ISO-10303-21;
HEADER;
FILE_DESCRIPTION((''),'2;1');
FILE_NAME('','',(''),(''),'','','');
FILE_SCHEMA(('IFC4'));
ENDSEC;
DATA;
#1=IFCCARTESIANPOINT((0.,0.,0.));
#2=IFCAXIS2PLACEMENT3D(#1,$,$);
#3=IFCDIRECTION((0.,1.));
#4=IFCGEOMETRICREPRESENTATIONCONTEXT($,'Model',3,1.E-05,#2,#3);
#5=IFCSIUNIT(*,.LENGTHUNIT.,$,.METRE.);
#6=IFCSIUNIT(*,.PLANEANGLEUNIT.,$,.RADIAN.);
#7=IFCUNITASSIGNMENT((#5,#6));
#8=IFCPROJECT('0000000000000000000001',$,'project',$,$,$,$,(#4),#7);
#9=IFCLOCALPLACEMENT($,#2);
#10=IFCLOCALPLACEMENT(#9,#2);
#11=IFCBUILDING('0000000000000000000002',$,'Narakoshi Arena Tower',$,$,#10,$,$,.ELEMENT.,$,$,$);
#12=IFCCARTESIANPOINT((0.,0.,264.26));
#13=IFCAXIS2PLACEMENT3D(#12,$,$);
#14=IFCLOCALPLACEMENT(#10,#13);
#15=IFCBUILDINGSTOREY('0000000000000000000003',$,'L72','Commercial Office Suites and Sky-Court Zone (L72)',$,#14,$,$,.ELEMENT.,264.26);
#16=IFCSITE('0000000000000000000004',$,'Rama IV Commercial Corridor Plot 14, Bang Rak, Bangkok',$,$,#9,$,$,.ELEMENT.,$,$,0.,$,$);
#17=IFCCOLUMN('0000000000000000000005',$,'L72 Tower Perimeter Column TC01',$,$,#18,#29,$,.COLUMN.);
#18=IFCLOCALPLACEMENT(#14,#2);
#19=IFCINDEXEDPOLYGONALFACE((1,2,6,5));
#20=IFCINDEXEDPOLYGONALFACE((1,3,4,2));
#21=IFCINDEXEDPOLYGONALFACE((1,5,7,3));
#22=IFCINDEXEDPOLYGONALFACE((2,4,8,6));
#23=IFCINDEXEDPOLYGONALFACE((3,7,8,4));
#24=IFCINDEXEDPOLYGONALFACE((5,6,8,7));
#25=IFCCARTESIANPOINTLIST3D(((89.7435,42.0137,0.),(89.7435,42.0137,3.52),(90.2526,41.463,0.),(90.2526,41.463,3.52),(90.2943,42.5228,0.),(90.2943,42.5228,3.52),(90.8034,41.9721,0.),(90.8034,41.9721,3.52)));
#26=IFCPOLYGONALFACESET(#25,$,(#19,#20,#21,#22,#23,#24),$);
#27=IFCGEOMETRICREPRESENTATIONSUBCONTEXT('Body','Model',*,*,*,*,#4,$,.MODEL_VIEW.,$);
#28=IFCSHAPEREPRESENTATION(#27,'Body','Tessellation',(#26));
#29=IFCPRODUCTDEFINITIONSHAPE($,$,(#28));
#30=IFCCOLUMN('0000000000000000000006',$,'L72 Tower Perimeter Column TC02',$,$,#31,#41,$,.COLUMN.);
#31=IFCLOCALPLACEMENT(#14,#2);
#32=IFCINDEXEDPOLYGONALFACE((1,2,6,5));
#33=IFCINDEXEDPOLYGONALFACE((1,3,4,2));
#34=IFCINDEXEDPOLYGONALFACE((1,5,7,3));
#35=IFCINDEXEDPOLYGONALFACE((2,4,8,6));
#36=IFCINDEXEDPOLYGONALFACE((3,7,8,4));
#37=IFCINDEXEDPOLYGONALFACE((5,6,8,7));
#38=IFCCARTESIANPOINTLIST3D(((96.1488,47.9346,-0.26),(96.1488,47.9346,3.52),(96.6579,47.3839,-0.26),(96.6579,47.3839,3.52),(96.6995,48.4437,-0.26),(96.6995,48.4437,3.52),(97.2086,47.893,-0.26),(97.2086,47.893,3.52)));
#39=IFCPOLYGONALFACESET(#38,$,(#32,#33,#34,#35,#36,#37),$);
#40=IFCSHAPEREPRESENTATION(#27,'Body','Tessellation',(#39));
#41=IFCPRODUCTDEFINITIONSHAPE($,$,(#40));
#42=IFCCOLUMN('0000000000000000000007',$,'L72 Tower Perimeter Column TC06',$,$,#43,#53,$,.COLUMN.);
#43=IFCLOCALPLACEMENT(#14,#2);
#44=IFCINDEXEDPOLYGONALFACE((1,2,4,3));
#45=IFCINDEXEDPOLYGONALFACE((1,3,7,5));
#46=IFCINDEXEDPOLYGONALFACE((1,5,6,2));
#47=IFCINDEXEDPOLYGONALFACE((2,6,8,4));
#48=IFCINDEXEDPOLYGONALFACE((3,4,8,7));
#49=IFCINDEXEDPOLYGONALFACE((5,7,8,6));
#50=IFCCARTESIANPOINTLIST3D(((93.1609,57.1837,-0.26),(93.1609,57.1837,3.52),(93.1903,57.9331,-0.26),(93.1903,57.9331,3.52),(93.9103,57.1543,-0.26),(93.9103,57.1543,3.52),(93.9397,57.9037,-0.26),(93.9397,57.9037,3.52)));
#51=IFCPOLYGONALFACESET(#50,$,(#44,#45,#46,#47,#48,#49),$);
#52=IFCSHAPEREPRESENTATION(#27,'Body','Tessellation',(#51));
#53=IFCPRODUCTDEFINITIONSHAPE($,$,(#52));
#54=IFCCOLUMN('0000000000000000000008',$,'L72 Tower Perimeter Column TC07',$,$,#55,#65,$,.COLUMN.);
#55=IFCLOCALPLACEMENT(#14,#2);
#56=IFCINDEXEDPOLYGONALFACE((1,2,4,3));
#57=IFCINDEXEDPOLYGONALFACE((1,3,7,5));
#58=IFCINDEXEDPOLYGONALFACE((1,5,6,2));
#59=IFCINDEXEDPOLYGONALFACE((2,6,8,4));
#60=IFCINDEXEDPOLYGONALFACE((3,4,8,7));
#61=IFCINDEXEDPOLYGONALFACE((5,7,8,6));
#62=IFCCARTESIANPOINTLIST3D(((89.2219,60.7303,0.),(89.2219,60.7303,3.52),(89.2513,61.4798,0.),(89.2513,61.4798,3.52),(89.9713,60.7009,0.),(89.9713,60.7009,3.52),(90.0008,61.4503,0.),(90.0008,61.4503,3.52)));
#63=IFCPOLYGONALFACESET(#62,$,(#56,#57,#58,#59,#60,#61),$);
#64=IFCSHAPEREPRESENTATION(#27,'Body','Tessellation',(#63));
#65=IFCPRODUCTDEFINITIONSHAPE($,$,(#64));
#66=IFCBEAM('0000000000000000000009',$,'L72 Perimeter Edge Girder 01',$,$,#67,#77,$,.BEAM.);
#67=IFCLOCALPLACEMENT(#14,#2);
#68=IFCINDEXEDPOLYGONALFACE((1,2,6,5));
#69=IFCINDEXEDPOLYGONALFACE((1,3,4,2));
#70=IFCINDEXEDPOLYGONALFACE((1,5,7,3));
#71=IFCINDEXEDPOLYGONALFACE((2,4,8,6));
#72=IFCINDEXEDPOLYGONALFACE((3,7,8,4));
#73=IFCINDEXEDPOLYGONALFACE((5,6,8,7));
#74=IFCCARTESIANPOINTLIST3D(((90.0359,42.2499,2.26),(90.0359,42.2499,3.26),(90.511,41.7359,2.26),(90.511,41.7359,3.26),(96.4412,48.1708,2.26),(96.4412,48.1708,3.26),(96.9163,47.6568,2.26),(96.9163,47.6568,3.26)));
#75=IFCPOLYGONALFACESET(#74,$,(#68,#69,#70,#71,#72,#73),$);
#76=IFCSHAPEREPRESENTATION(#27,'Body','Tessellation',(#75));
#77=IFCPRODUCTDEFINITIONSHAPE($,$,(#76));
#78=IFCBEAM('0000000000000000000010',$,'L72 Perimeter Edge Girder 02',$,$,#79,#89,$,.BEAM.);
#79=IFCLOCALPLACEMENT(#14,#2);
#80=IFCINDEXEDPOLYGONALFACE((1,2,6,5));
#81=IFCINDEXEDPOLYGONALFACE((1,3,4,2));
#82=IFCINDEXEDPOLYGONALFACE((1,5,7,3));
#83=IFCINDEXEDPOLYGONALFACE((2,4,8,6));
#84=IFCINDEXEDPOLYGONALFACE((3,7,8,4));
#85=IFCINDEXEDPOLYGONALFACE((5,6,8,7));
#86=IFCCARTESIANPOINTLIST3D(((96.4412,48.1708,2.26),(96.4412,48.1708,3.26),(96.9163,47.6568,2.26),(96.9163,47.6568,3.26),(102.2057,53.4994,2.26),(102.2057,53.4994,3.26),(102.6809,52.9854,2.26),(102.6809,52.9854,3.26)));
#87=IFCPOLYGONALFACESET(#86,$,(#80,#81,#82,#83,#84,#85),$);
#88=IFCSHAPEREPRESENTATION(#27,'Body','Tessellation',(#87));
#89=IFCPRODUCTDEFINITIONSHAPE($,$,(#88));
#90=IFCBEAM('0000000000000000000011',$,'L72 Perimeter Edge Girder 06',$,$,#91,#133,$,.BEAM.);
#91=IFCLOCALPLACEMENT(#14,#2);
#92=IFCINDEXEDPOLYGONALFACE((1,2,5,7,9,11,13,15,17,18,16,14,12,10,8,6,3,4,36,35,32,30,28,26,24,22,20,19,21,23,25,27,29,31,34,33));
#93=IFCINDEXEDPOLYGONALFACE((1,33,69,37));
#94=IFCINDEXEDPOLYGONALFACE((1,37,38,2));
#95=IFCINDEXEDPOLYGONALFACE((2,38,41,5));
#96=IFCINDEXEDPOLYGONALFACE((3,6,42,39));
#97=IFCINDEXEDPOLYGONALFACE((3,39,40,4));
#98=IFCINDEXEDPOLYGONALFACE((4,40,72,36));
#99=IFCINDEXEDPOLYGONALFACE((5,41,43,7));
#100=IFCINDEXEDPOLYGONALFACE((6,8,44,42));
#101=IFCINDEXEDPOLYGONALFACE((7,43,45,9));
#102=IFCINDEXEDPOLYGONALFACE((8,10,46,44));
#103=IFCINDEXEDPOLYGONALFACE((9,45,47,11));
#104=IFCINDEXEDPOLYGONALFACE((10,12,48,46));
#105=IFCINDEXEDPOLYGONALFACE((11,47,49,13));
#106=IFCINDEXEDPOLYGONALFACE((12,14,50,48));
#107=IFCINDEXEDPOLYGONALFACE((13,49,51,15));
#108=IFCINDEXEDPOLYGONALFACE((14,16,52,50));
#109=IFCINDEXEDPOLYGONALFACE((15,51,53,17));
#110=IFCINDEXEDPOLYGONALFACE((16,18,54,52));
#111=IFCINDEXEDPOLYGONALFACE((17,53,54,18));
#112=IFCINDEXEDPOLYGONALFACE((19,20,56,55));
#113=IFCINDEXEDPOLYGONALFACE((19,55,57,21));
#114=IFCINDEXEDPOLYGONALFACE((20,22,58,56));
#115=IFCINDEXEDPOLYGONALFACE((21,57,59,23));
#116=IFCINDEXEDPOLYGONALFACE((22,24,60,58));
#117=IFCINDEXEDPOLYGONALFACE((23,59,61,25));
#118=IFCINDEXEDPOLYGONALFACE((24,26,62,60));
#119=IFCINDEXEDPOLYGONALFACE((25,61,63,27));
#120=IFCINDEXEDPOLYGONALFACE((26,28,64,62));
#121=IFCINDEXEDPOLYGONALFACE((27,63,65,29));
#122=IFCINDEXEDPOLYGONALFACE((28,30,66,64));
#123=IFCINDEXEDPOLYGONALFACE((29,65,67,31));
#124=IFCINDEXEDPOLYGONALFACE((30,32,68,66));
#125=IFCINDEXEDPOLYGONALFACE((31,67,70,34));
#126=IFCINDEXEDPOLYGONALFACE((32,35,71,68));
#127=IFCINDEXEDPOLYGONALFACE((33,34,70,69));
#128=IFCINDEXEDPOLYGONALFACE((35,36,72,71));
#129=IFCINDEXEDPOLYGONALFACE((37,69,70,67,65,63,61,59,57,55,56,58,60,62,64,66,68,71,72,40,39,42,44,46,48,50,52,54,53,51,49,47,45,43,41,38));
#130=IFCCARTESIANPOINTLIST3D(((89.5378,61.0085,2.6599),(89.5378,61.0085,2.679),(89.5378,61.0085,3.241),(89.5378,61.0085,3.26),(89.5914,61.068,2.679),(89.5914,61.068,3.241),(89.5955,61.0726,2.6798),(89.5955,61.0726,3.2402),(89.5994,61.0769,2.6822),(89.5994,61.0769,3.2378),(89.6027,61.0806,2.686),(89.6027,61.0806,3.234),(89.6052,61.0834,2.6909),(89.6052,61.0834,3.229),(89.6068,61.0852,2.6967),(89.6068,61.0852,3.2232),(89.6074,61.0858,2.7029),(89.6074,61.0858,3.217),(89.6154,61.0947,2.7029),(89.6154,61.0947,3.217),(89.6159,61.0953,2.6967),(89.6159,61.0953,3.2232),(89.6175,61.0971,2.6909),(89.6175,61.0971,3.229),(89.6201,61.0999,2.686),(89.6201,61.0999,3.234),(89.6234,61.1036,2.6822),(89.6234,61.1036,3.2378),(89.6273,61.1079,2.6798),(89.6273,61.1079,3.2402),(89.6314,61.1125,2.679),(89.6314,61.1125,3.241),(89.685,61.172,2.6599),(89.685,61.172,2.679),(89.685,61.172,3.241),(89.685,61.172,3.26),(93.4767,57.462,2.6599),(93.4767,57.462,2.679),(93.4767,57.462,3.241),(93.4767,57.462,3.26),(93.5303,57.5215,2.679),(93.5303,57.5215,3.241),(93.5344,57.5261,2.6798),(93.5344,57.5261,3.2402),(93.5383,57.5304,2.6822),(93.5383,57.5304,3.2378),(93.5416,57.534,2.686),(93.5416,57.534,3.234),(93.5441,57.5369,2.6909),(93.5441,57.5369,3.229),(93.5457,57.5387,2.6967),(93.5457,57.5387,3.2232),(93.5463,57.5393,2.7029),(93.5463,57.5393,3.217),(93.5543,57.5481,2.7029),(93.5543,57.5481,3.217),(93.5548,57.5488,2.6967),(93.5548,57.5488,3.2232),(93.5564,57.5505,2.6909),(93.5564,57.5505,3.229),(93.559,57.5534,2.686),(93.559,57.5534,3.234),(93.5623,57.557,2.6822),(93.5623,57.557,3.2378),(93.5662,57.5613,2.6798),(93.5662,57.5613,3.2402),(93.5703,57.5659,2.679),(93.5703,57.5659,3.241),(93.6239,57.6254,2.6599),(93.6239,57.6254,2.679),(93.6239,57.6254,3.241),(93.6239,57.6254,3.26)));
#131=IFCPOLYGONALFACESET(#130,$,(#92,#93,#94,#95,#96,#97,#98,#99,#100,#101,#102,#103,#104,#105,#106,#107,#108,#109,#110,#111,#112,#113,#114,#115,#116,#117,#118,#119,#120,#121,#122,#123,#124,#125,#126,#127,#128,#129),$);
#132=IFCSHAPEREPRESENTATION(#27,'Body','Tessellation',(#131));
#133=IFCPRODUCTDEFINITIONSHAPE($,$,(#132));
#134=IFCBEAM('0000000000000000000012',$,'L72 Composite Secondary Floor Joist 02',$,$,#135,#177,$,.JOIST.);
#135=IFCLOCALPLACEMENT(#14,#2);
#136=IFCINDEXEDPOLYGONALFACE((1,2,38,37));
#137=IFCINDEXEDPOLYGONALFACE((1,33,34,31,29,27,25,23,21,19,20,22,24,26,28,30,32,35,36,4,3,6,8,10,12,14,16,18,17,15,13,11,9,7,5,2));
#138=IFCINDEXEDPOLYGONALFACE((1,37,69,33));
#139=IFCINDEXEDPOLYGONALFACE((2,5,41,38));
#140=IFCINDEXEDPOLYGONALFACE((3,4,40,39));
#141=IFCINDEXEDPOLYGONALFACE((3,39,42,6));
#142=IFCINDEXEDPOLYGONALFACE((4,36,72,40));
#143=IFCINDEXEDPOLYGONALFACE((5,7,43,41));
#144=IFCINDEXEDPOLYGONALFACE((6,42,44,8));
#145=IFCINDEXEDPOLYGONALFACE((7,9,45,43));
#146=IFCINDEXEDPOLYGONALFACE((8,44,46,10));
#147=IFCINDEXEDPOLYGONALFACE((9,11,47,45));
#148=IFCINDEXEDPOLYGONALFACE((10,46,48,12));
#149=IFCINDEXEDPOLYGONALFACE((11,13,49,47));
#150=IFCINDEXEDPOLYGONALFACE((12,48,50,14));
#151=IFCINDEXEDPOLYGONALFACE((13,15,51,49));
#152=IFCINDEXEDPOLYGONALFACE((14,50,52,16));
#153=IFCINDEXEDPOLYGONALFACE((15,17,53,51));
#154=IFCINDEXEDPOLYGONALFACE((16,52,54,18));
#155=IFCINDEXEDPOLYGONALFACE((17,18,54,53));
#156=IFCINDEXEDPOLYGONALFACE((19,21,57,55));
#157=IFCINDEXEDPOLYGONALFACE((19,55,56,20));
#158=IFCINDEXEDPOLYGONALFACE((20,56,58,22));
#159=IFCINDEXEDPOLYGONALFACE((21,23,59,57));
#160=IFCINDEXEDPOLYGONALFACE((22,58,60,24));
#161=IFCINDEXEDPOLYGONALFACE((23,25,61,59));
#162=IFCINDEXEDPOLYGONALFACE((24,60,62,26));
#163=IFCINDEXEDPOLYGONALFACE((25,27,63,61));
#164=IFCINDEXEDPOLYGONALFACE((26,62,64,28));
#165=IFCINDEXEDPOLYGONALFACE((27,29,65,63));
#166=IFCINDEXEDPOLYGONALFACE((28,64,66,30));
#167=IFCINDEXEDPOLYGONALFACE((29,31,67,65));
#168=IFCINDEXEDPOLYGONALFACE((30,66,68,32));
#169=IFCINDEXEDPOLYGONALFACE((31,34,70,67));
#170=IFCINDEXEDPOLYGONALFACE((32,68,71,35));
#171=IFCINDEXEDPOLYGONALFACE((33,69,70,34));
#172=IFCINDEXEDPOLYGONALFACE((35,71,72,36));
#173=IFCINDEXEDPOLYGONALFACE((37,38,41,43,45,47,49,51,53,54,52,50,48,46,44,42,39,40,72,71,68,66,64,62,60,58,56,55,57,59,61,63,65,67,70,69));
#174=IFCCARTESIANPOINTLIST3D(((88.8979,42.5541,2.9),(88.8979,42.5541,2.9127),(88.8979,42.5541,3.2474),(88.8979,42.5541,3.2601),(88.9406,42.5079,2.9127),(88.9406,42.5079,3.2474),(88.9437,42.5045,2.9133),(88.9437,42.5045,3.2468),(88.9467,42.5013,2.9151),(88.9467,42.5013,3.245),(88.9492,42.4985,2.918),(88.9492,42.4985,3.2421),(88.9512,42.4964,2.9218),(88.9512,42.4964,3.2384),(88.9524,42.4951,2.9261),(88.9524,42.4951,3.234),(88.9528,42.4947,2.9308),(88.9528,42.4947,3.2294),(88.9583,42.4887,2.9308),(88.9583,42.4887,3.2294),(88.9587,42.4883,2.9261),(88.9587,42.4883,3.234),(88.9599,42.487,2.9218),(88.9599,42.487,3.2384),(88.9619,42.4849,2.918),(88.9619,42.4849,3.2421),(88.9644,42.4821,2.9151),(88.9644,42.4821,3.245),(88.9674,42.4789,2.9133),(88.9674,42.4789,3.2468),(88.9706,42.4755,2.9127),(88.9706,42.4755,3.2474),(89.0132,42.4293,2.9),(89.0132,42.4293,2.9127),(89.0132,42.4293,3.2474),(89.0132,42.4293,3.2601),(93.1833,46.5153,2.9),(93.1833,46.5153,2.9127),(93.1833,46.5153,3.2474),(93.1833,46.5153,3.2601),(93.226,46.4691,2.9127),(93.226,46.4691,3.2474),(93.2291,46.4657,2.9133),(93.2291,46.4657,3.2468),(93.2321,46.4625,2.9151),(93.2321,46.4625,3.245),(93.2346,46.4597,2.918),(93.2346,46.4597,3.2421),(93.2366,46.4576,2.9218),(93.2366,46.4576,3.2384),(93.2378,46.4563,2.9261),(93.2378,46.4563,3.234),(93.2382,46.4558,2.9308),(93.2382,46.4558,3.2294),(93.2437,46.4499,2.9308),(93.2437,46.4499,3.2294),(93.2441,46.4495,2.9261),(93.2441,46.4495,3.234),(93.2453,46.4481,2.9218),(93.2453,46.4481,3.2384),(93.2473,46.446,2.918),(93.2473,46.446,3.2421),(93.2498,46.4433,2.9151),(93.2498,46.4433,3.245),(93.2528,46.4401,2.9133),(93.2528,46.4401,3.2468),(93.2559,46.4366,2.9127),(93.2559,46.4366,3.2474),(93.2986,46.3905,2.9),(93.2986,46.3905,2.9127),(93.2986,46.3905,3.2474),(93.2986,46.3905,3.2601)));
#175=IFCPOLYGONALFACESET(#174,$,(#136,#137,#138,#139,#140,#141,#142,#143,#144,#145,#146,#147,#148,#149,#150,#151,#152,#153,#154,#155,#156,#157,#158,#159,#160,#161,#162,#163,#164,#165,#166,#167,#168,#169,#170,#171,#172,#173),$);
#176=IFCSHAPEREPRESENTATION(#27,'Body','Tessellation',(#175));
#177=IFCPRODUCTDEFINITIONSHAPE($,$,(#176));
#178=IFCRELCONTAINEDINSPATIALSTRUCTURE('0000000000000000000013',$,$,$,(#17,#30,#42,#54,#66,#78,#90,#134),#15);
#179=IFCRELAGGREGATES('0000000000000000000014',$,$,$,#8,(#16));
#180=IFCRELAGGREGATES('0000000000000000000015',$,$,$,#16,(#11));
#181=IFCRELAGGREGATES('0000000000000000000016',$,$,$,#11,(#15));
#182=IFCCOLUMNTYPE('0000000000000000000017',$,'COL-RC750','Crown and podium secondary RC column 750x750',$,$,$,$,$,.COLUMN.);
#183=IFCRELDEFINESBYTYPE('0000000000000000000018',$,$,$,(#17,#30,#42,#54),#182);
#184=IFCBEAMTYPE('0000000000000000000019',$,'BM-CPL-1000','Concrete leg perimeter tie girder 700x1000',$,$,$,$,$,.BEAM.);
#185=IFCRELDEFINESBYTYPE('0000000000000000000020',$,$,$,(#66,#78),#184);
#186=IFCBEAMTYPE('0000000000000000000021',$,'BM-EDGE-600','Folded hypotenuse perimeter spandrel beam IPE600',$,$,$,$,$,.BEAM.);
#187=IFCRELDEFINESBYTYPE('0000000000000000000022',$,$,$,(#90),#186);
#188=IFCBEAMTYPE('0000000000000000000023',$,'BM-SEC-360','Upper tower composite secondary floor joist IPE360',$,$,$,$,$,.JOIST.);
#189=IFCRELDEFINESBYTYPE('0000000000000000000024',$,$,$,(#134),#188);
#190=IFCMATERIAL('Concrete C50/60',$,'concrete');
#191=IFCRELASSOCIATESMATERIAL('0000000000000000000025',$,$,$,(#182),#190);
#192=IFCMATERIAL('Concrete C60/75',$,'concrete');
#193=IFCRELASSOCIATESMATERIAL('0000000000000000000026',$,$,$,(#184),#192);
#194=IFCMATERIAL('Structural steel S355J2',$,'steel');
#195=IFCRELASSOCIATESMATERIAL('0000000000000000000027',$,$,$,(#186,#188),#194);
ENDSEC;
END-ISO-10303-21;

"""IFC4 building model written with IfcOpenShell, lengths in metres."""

from ifc_helpers import new_model, si_unit, direction, frame, origin, origin_2d, place, context, subcontext, project, spatial, rectangle, i_section, extrude, material, material_profile, profile_set, type_object, element, save


model = new_model("IFC4")

# Units and contexts
model_context = context("Model", 3, precision=1e-05, world=origin(), true_north=direction((0.0, 1.0)))
body_context = subcontext(model_context, "Body", "Model", "MODEL_VIEW")
ifc_project = project(units=[si_unit("LENGTHUNIT", "METRE"), si_unit("PLANEANGLEUNIT", "RADIAN")], contexts=[model_context])

# Site, building, storey
site_placement = place(None, origin())
site = spatial("IfcSite", under=ifc_project, at=site_placement, Name="Rama IV Commercial Corridor Plot 14, Bang Rak, Bangkok", CompositionType="ELEMENT", RefElevation=0.0)
building_placement = place(site_placement, origin())
building = spatial("IfcBuilding", under=site, at=building_placement, Name="Narakoshi Arena Tower", CompositionType="ELEMENT")
storey_placement = place(building_placement, frame((0.0, 0.0, 264.26)))
storey = spatial("IfcBuildingStorey", under=building, at=storey_placement, Name="L72", Description="Commercial Office Suites and Sky-Court Zone (L72)", CompositionType="ELEMENT", Elevation=264.26)

# Columns
ifc_material_1 = material(Name="Concrete C50/60", Category="concrete")
ifc_material_profile_1 = material_profile(ifc_material_1, rectangle(XDim=0.75, YDim=0.75, at=origin_2d()), Name="RC750x750")
ifc_profile_set_1 = profile_set([ifc_material_profile_1], Name="Concrete C50/60")
column_type = type_object("IfcColumnType", Name="COL-RC750", Description="Crown and podium secondary RC column 750x750", PredefinedType="COLUMN", material=ifc_profile_set_1)
column_1_placement = place(storey_placement, frame((90.2734, 41.9929, 0.0), z_axis=(0.0, 0.0, 1.0), x_axis=(0.734323, 0.678801, 0.0)))
element("IfcColumn", 1, at=column_1_placement, inside=storey, type_object=column_type, Name="L72 Tower Perimeter Column TC01", PredefinedType="COLUMN", context=body_context, shape_type="SweptSolid", body=[
    extrude(rectangle(XDim=0.75, YDim=0.75, at=origin_2d()), origin(), (0.0, 0.0, 1.0), 3.52),
])
for number, where, z_axis, x_axis, name in (
    (2, (96.6787, 47.9138, -0.26), (0.0, 0.0, 1.0), (0.734323, 0.678801, 0.0), "L72 Tower Perimeter Column TC02"),
    (3, (93.5503, 57.5437, -0.26), (0.0, 0.0, 1.0), (0.03926, 0.999229, 0.0), "L72 Tower Perimeter Column TC06"),
):
    element("IfcColumn", number, at=place(storey_placement, frame(where, z_axis=z_axis, x_axis=x_axis)), inside=storey, type_object=column_type, Name=name, PredefinedType="COLUMN", context=body_context, shape_type="SweptSolid", body=[
        extrude(rectangle(XDim=0.75, YDim=0.75, at=origin_2d()), origin(), (0.0, 0.0, 1.0), 3.78),
    ])
column_2_placement = place(storey_placement, frame((89.6113, 61.0903, 0.0), z_axis=(0.0, 0.0, 1.0), x_axis=(0.03926, 0.999229, 0.0)))
element("IfcColumn", 4, at=column_2_placement, inside=storey, type_object=column_type, Name="L72 Tower Perimeter Column TC07", PredefinedType="COLUMN", context=body_context, shape_type="SweptSolid", body=[
    extrude(rectangle(XDim=0.75, YDim=0.75, at=origin_2d()), origin(), (0.0, 0.0, 1.0), 3.52),
])

# Beams
ifc_material_2 = material(Name="Concrete C60/75", Category="concrete")
ifc_material_profile_2 = material_profile(ifc_material_2, rectangle(XDim=0.7, YDim=1.0, at=origin_2d()), Name="RCB700x1000")
ifc_profile_set_2 = profile_set([ifc_material_profile_2], Name="Concrete C60/75")
beam_type_1 = type_object("IfcBeamType", Name="BM-CPL-1000", Description="Concrete leg perimeter tie girder 700x1000", PredefinedType="BEAM", material=ifc_profile_set_2)
beam_1_placement = place(storey_placement, frame((90.2734, 41.9929, 2.76), z_axis=(0.734327, 0.678796, 0.0), x_axis=(-0.678796, 0.734327, 0.0)))
element("IfcBeam", 5, at=beam_1_placement, inside=storey, type_object=beam_type_1, Name="L72 Perimeter Edge Girder 01", PredefinedType="BEAM", context=body_context, shape_type="SweptSolid", body=[
    extrude(rectangle(XDim=0.7, YDim=1.0, at=origin_2d()), origin(), (0.0, 0.0, 1.0), 8.7227),
])
beam_2_placement = place(storey_placement, frame((96.6787, 47.9138, 2.76), z_axis=(0.734333, 0.678789, 0.0), x_axis=(-0.678789, 0.734333, 0.0)))
element("IfcBeam", 6, at=beam_2_placement, inside=storey, type_object=beam_type_1, Name="L72 Perimeter Edge Girder 02", PredefinedType="BEAM", context=body_context, shape_type="SweptSolid", body=[
    extrude(rectangle(XDim=0.7, YDim=1.0, at=origin_2d()), origin(), (0.0, 0.0, 1.0), 7.8501),
])
ifc_material_3 = material(Name="Structural steel S355J2", Category="steel")
ifc_material_profile_3 = material_profile(ifc_material_3, i_section(OverallWidth=0.22, OverallDepth=0.6001, WebThickness=0.012, FlangeThickness=0.019, FilletRadius=0.0239, at=origin_2d()), Name="IPE600")
ifc_profile_set_3 = profile_set([ifc_material_profile_3], Name="Structural steel S355J2")
beam_type_2 = type_object("IfcBeamType", Name="BM-EDGE-600", Description="Folded hypotenuse perimeter spandrel beam IPE600", PredefinedType="BEAM", material=ifc_profile_set_3)
beam_3_placement = place(storey_placement, frame((93.5503, 57.5437, 2.96), z_axis=(-0.743148, 0.669128, 0.0), x_axis=(-0.669128, -0.743148, 0.0)))
element("IfcBeam", 7, at=beam_3_placement, inside=storey, type_object=beam_type_2, Name="L72 Perimeter Edge Girder 06", PredefinedType="BEAM", context=body_context, shape_type="SweptSolid", body=[
    extrude(i_section(OverallWidth=0.22, OverallDepth=0.6001, WebThickness=0.012, FlangeThickness=0.019, FilletRadius=0.0239, at=origin_2d()), origin(), (0.0, 0.0, 1.0), 5.3003),
])
ifc_material_profile_4 = material_profile(ifc_material_3, i_section(OverallWidth=0.1699, OverallDepth=0.3601, WebThickness=0.0081, FlangeThickness=0.0127, FilletRadius=0.0181, at=origin_2d()), Name="IPE360")
ifc_profile_set_4 = profile_set([ifc_material_profile_4], Name="Structural steel S355J2")
beam_type_3 = type_object("IfcBeamType", Name="BM-SEC-360", Description="Upper tower composite secondary floor joist IPE360", PredefinedType="JOIST", material=ifc_profile_set_4)
beam_4_placement = place(storey_placement, frame((88.9556, 42.4917, 3.0801), z_axis=(0.73434, 0.678782, 0.0), x_axis=(-0.678782, 0.73434, 0.0)))
element("IfcBeam", 8, at=beam_4_placement, inside=storey, type_object=beam_type_3, Name="L72 Composite Secondary Floor Joist 02", PredefinedType="JOIST", context=body_context, shape_type="SweptSolid", body=[
    extrude(i_section(OverallWidth=0.1699, OverallDepth=0.3601, WebThickness=0.0081, FlangeThickness=0.0127, FilletRadius=0.0181, at=origin_2d()), origin(), (0.0, 0.0, 1.0), 5.8357),
])

save(model, "model.ifc")
